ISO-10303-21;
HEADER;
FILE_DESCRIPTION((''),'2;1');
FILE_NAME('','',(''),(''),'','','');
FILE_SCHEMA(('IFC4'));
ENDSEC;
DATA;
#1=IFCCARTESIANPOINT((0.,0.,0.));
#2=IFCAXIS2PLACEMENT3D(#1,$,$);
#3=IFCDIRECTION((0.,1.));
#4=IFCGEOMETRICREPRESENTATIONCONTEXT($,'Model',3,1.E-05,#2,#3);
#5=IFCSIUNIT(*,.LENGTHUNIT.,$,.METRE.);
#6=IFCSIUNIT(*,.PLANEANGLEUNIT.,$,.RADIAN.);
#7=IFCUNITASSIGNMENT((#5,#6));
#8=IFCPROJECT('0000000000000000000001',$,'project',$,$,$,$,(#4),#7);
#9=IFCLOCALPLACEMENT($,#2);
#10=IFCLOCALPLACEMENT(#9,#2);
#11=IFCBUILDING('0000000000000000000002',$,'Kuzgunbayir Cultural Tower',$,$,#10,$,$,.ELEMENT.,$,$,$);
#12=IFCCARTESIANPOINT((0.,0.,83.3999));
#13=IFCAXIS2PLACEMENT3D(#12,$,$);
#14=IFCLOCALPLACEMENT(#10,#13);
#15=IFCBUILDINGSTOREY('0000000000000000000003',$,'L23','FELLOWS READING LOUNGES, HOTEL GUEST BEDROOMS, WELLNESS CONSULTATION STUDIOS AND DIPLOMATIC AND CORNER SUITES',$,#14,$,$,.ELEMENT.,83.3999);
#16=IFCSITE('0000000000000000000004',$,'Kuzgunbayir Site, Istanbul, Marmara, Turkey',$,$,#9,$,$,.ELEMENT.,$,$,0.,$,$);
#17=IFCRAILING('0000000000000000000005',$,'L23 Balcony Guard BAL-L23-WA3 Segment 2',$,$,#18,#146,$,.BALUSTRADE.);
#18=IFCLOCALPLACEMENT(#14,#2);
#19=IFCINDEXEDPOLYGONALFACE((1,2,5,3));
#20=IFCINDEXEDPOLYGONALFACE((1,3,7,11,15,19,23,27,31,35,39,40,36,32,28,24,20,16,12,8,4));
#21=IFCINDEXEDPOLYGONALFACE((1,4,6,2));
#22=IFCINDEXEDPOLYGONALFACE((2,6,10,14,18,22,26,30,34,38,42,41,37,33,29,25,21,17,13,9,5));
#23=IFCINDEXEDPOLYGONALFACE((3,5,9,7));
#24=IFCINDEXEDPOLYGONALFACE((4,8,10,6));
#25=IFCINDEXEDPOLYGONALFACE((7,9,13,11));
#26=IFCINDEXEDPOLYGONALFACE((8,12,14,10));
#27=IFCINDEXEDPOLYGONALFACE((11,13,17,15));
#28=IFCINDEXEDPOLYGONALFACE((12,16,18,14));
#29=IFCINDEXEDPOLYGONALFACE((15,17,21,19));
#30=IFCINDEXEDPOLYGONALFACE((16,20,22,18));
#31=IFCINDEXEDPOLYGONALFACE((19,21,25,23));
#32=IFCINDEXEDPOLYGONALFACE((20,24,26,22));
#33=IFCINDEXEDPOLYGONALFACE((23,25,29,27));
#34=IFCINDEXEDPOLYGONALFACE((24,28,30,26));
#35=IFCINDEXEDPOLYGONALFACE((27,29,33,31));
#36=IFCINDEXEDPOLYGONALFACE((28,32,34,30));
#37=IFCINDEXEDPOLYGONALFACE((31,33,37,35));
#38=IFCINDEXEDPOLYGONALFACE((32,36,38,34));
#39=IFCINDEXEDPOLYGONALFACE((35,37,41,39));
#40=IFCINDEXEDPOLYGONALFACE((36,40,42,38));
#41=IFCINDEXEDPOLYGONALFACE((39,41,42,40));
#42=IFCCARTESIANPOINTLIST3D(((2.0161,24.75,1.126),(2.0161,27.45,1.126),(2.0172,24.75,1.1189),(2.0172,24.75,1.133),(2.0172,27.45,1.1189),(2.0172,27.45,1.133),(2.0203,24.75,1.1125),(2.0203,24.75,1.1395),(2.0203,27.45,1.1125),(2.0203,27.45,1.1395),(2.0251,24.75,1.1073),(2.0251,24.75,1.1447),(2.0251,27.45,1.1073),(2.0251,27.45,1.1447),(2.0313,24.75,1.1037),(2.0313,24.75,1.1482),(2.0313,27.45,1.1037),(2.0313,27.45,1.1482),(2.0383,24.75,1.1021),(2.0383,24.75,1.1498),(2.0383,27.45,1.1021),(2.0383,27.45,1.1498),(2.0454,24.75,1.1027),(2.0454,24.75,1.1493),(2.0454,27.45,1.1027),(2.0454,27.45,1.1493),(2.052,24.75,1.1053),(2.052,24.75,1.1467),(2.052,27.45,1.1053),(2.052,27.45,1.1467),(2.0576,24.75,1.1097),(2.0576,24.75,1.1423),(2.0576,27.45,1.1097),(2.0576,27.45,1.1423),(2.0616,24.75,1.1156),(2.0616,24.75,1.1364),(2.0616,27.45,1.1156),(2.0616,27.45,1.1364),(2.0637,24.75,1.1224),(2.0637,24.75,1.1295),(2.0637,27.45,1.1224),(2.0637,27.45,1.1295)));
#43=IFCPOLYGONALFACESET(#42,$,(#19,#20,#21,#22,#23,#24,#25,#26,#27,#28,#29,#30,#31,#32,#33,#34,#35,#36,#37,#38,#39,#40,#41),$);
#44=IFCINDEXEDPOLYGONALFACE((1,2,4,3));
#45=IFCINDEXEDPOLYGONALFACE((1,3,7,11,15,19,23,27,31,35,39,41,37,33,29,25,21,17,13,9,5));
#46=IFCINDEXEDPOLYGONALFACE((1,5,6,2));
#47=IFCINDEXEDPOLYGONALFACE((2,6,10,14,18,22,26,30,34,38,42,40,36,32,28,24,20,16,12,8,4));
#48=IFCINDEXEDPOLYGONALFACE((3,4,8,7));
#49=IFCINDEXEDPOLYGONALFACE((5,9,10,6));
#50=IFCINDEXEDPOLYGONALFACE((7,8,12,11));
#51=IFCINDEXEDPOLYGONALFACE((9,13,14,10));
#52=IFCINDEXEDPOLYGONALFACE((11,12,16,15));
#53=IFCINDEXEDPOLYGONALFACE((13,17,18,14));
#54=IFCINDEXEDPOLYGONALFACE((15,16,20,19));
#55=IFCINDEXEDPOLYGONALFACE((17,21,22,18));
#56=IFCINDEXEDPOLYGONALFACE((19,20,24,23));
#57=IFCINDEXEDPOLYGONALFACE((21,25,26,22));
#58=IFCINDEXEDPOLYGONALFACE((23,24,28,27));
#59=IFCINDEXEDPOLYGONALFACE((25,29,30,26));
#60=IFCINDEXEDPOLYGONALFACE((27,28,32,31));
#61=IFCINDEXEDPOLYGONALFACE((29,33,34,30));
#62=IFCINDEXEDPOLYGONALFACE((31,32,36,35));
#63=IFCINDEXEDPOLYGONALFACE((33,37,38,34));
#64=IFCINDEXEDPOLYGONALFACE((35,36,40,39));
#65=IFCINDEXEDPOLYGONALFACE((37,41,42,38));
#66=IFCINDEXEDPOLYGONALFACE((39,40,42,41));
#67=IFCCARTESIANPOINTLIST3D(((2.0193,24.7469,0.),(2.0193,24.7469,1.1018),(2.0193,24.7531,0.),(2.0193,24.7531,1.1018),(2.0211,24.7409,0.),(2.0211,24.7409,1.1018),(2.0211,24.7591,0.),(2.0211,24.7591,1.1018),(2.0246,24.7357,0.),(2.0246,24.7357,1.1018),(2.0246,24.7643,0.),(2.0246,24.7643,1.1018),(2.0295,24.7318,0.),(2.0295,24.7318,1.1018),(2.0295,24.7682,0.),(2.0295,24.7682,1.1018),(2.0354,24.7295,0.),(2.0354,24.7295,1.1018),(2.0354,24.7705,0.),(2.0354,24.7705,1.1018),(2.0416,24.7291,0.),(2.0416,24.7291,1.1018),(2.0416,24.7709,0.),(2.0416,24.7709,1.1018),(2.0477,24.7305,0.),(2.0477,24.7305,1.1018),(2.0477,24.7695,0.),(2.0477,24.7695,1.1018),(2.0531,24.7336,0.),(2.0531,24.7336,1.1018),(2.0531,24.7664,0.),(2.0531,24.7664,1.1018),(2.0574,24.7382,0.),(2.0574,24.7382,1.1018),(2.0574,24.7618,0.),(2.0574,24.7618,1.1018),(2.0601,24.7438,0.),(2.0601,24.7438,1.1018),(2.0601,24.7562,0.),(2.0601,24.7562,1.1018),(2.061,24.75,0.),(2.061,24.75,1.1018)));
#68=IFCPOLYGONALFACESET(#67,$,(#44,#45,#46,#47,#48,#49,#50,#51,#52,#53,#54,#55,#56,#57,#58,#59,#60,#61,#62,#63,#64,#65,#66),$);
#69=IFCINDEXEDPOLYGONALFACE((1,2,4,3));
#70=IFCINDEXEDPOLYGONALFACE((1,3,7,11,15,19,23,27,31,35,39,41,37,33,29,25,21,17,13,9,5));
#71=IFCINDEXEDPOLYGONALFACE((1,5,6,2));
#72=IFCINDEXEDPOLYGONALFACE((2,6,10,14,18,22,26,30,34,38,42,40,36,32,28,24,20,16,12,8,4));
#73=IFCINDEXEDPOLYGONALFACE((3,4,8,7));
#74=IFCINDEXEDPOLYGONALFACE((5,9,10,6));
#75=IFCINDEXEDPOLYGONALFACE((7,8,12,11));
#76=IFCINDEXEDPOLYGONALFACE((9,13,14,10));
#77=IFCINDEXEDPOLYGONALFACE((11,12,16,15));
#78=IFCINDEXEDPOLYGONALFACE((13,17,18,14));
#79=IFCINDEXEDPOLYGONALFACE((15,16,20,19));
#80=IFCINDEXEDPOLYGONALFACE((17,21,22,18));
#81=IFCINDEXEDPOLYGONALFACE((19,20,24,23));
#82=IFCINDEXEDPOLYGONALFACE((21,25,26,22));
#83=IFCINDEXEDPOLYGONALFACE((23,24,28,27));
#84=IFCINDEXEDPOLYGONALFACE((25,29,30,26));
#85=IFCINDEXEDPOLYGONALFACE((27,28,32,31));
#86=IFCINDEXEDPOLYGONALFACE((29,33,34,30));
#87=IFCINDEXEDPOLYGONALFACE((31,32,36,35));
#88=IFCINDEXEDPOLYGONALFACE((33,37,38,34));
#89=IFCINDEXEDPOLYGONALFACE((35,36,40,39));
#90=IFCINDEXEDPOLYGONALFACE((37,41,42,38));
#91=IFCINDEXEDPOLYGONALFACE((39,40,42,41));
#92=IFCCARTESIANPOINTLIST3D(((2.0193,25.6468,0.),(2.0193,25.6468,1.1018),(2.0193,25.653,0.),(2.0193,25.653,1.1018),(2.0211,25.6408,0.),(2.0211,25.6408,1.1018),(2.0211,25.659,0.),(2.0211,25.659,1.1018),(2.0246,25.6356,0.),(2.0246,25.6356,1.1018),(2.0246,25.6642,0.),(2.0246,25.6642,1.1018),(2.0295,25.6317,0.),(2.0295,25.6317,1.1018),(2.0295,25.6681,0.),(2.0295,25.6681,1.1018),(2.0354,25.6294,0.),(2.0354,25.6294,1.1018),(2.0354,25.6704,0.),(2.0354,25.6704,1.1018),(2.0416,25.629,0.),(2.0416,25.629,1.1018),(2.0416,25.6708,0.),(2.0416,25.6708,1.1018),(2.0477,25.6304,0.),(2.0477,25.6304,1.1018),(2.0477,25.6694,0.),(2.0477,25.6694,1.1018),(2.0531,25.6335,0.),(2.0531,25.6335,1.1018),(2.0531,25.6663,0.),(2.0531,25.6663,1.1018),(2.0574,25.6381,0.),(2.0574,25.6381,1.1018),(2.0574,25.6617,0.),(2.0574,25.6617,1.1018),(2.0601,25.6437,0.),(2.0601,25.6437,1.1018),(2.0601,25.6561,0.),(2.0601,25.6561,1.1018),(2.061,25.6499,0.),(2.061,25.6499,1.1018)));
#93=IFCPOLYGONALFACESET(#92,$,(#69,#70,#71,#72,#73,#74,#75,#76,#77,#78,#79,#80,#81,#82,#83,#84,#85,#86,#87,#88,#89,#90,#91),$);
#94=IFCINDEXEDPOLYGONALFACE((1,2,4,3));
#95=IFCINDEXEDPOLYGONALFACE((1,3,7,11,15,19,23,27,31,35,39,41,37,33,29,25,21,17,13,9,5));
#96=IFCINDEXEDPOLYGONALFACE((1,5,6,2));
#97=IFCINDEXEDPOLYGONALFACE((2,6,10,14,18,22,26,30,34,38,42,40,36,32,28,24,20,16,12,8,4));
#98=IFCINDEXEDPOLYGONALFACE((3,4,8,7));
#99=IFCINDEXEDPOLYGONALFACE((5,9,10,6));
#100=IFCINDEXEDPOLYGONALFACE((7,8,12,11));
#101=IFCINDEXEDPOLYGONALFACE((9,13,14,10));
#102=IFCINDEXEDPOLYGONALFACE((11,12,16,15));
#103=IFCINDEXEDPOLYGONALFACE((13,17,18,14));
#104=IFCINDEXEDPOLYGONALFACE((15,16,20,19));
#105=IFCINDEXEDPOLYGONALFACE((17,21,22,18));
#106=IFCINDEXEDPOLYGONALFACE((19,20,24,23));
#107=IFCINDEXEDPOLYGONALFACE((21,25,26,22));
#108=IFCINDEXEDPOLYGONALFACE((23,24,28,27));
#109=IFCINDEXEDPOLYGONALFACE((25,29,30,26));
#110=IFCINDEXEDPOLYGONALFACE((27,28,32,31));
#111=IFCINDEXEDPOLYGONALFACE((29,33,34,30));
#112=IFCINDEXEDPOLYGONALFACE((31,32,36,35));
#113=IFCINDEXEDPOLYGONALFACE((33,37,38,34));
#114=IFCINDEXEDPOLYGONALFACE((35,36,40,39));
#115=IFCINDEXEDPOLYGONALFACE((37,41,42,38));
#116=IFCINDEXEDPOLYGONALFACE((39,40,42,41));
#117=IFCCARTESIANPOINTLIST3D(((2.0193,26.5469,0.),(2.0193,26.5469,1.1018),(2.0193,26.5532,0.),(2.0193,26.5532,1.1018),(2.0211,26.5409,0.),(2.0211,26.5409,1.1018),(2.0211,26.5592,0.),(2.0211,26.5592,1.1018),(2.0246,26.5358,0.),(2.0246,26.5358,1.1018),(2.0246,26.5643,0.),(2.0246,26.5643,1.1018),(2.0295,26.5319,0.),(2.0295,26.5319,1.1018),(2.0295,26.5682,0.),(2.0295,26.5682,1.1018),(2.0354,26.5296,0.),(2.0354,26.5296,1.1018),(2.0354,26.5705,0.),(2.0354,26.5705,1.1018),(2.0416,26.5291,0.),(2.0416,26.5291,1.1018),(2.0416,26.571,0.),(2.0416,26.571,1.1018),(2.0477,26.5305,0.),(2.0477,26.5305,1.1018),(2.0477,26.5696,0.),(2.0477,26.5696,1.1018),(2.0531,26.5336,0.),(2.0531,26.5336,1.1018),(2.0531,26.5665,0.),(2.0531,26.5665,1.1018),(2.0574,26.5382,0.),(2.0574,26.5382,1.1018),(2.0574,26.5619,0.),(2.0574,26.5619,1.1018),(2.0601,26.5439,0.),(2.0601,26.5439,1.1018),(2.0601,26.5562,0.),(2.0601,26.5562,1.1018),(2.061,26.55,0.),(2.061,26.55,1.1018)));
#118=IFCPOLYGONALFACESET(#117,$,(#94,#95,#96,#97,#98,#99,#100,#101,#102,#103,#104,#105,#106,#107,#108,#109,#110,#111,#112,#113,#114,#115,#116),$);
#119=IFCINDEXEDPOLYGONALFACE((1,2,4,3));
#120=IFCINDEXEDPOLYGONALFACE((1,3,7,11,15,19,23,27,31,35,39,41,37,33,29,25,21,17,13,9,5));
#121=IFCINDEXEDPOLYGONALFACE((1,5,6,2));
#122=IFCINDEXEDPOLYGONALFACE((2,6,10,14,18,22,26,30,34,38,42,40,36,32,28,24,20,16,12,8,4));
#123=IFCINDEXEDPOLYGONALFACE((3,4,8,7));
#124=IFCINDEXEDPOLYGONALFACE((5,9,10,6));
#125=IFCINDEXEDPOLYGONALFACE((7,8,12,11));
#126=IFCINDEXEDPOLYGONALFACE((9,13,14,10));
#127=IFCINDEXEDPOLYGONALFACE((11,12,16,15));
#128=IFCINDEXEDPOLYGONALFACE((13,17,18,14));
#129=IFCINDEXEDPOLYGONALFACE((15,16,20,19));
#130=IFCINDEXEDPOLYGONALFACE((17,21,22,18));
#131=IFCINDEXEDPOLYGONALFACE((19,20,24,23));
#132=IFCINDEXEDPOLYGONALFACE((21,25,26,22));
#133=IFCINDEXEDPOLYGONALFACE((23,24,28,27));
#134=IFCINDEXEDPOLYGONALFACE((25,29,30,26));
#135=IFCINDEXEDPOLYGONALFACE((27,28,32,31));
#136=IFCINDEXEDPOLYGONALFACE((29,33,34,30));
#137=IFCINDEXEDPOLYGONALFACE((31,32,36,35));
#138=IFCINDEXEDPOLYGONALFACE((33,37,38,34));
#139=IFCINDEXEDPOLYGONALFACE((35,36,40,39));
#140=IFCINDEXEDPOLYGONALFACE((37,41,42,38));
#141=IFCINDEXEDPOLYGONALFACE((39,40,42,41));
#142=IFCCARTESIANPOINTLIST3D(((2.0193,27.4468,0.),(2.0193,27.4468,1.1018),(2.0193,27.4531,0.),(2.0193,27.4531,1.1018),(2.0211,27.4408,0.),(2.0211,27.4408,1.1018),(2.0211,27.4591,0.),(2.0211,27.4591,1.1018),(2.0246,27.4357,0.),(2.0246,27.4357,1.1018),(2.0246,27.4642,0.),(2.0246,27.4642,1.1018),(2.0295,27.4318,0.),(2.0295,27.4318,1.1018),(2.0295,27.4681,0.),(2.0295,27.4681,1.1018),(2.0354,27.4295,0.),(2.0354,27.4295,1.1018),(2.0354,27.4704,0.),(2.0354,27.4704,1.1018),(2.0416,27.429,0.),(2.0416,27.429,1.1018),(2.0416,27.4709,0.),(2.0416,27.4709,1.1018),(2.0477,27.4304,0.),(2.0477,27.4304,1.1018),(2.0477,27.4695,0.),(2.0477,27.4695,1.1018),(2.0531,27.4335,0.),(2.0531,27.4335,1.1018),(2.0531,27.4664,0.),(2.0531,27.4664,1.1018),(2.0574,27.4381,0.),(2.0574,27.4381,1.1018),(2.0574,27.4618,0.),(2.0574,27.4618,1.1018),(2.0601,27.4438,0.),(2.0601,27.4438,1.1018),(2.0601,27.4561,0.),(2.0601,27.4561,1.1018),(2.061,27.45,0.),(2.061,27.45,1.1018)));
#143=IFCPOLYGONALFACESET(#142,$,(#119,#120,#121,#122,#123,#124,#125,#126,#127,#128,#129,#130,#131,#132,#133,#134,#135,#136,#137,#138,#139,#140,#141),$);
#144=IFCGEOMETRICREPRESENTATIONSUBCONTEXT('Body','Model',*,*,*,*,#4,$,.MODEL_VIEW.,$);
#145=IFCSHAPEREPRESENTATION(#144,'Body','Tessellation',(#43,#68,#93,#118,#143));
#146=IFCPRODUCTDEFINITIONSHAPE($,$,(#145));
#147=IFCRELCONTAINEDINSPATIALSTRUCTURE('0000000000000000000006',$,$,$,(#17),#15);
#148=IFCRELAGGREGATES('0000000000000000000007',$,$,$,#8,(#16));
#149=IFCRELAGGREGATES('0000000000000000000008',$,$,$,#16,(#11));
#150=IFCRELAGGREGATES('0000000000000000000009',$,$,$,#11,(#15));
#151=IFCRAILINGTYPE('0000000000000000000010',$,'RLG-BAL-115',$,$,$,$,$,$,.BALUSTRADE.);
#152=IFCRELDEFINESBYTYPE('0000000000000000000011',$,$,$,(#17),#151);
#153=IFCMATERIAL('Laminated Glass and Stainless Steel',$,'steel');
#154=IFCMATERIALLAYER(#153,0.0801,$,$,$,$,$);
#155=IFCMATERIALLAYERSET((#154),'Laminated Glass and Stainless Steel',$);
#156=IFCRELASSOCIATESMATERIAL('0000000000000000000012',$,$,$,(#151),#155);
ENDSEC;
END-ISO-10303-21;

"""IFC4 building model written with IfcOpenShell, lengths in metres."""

from ifc_helpers import new_model, si_unit, direction, frame, origin, origin_2d, place, context, subcontext, project, spatial, circle, extrude, material, layer, layer_set, type_object, element, save


model = new_model("IFC4")

# Units and contexts
model_context = context("Model", 3, precision=1e-05, world=origin(), true_north=direction((0.0, 1.0)))
body_context = subcontext(model_context, "Body", "Model", "MODEL_VIEW")
ifc_project = project(units=[si_unit("LENGTHUNIT", "METRE"), si_unit("PLANEANGLEUNIT", "RADIAN")], contexts=[model_context])

# Site, building, storey
site_placement = place(None, origin())
site = spatial("IfcSite", under=ifc_project, at=site_placement, Name="Kuzgunbayir Site, Istanbul, Marmara, Turkey", CompositionType="ELEMENT", RefElevation=0.0)
building_placement = place(site_placement, origin())
building = spatial("IfcBuilding", under=site, at=building_placement, Name="Kuzgunbayir Cultural Tower", CompositionType="ELEMENT")
storey_placement = place(building_placement, frame((0.0, 0.0, 83.3999)))
storey = spatial("IfcBuildingStorey", under=building, at=storey_placement, Name="L23", Description="FELLOWS READING LOUNGES, HOTEL GUEST BEDROOMS, WELLNESS CONSULTATION STUDIOS AND DIPLOMATIC AND CORNER SUITES", CompositionType="ELEMENT", Elevation=83.3999)

# Railing
ifc_material_1 = material(Name="Laminated Glass and Stainless Steel", Category="steel")
ifc_layer_1 = layer(ifc_material_1, 0.0801)
ifc_layer_set_1 = layer_set([ifc_layer_1], Name="Laminated Glass and Stainless Steel")
railing_type = type_object("IfcRailingType", Name="RLG-BAL-115", PredefinedType="BALUSTRADE", material=ifc_layer_set_1)
railing_1_placement = place(storey_placement, frame((2.04, 24.75, 0.0)))
element("IfcRailing", 1, at=railing_1_placement, inside=storey, type_object=railing_type, Name="L23 Balcony Guard BAL-L23-WA3 Segment 2", PredefinedType="BALUSTRADE", context=body_context, shape_type="SweptSolid", body=[
    extrude(circle(Radius=0.0239, at=origin_2d()), frame((0.0, 0.0, 1.126), z_axis=(0.0, 1.0, 0.0), x_axis=(-1.0, 0.0, 0.0)), (0.0, 0.0, 1.0), 2.7),
    extrude(circle(Radius=0.021, at=origin_2d()), origin(), (0.0, 0.0, 1.0), 1.1018),
    extrude(circle(Radius=0.021, at=origin_2d()), frame((0.0, 0.8999, 0.0)), (0.0, 0.0, 1.0), 1.1018),
    extrude(circle(Radius=0.021, at=origin_2d()), frame((0.0, 1.8, 0.0)), (0.0, 0.0, 1.0), 1.1018),
    extrude(circle(Radius=0.021, at=origin_2d()), frame((0.0, 2.7, 0.0)), (0.0, 0.0, 1.0), 1.1018),
])

save(model, "model.ifc")
